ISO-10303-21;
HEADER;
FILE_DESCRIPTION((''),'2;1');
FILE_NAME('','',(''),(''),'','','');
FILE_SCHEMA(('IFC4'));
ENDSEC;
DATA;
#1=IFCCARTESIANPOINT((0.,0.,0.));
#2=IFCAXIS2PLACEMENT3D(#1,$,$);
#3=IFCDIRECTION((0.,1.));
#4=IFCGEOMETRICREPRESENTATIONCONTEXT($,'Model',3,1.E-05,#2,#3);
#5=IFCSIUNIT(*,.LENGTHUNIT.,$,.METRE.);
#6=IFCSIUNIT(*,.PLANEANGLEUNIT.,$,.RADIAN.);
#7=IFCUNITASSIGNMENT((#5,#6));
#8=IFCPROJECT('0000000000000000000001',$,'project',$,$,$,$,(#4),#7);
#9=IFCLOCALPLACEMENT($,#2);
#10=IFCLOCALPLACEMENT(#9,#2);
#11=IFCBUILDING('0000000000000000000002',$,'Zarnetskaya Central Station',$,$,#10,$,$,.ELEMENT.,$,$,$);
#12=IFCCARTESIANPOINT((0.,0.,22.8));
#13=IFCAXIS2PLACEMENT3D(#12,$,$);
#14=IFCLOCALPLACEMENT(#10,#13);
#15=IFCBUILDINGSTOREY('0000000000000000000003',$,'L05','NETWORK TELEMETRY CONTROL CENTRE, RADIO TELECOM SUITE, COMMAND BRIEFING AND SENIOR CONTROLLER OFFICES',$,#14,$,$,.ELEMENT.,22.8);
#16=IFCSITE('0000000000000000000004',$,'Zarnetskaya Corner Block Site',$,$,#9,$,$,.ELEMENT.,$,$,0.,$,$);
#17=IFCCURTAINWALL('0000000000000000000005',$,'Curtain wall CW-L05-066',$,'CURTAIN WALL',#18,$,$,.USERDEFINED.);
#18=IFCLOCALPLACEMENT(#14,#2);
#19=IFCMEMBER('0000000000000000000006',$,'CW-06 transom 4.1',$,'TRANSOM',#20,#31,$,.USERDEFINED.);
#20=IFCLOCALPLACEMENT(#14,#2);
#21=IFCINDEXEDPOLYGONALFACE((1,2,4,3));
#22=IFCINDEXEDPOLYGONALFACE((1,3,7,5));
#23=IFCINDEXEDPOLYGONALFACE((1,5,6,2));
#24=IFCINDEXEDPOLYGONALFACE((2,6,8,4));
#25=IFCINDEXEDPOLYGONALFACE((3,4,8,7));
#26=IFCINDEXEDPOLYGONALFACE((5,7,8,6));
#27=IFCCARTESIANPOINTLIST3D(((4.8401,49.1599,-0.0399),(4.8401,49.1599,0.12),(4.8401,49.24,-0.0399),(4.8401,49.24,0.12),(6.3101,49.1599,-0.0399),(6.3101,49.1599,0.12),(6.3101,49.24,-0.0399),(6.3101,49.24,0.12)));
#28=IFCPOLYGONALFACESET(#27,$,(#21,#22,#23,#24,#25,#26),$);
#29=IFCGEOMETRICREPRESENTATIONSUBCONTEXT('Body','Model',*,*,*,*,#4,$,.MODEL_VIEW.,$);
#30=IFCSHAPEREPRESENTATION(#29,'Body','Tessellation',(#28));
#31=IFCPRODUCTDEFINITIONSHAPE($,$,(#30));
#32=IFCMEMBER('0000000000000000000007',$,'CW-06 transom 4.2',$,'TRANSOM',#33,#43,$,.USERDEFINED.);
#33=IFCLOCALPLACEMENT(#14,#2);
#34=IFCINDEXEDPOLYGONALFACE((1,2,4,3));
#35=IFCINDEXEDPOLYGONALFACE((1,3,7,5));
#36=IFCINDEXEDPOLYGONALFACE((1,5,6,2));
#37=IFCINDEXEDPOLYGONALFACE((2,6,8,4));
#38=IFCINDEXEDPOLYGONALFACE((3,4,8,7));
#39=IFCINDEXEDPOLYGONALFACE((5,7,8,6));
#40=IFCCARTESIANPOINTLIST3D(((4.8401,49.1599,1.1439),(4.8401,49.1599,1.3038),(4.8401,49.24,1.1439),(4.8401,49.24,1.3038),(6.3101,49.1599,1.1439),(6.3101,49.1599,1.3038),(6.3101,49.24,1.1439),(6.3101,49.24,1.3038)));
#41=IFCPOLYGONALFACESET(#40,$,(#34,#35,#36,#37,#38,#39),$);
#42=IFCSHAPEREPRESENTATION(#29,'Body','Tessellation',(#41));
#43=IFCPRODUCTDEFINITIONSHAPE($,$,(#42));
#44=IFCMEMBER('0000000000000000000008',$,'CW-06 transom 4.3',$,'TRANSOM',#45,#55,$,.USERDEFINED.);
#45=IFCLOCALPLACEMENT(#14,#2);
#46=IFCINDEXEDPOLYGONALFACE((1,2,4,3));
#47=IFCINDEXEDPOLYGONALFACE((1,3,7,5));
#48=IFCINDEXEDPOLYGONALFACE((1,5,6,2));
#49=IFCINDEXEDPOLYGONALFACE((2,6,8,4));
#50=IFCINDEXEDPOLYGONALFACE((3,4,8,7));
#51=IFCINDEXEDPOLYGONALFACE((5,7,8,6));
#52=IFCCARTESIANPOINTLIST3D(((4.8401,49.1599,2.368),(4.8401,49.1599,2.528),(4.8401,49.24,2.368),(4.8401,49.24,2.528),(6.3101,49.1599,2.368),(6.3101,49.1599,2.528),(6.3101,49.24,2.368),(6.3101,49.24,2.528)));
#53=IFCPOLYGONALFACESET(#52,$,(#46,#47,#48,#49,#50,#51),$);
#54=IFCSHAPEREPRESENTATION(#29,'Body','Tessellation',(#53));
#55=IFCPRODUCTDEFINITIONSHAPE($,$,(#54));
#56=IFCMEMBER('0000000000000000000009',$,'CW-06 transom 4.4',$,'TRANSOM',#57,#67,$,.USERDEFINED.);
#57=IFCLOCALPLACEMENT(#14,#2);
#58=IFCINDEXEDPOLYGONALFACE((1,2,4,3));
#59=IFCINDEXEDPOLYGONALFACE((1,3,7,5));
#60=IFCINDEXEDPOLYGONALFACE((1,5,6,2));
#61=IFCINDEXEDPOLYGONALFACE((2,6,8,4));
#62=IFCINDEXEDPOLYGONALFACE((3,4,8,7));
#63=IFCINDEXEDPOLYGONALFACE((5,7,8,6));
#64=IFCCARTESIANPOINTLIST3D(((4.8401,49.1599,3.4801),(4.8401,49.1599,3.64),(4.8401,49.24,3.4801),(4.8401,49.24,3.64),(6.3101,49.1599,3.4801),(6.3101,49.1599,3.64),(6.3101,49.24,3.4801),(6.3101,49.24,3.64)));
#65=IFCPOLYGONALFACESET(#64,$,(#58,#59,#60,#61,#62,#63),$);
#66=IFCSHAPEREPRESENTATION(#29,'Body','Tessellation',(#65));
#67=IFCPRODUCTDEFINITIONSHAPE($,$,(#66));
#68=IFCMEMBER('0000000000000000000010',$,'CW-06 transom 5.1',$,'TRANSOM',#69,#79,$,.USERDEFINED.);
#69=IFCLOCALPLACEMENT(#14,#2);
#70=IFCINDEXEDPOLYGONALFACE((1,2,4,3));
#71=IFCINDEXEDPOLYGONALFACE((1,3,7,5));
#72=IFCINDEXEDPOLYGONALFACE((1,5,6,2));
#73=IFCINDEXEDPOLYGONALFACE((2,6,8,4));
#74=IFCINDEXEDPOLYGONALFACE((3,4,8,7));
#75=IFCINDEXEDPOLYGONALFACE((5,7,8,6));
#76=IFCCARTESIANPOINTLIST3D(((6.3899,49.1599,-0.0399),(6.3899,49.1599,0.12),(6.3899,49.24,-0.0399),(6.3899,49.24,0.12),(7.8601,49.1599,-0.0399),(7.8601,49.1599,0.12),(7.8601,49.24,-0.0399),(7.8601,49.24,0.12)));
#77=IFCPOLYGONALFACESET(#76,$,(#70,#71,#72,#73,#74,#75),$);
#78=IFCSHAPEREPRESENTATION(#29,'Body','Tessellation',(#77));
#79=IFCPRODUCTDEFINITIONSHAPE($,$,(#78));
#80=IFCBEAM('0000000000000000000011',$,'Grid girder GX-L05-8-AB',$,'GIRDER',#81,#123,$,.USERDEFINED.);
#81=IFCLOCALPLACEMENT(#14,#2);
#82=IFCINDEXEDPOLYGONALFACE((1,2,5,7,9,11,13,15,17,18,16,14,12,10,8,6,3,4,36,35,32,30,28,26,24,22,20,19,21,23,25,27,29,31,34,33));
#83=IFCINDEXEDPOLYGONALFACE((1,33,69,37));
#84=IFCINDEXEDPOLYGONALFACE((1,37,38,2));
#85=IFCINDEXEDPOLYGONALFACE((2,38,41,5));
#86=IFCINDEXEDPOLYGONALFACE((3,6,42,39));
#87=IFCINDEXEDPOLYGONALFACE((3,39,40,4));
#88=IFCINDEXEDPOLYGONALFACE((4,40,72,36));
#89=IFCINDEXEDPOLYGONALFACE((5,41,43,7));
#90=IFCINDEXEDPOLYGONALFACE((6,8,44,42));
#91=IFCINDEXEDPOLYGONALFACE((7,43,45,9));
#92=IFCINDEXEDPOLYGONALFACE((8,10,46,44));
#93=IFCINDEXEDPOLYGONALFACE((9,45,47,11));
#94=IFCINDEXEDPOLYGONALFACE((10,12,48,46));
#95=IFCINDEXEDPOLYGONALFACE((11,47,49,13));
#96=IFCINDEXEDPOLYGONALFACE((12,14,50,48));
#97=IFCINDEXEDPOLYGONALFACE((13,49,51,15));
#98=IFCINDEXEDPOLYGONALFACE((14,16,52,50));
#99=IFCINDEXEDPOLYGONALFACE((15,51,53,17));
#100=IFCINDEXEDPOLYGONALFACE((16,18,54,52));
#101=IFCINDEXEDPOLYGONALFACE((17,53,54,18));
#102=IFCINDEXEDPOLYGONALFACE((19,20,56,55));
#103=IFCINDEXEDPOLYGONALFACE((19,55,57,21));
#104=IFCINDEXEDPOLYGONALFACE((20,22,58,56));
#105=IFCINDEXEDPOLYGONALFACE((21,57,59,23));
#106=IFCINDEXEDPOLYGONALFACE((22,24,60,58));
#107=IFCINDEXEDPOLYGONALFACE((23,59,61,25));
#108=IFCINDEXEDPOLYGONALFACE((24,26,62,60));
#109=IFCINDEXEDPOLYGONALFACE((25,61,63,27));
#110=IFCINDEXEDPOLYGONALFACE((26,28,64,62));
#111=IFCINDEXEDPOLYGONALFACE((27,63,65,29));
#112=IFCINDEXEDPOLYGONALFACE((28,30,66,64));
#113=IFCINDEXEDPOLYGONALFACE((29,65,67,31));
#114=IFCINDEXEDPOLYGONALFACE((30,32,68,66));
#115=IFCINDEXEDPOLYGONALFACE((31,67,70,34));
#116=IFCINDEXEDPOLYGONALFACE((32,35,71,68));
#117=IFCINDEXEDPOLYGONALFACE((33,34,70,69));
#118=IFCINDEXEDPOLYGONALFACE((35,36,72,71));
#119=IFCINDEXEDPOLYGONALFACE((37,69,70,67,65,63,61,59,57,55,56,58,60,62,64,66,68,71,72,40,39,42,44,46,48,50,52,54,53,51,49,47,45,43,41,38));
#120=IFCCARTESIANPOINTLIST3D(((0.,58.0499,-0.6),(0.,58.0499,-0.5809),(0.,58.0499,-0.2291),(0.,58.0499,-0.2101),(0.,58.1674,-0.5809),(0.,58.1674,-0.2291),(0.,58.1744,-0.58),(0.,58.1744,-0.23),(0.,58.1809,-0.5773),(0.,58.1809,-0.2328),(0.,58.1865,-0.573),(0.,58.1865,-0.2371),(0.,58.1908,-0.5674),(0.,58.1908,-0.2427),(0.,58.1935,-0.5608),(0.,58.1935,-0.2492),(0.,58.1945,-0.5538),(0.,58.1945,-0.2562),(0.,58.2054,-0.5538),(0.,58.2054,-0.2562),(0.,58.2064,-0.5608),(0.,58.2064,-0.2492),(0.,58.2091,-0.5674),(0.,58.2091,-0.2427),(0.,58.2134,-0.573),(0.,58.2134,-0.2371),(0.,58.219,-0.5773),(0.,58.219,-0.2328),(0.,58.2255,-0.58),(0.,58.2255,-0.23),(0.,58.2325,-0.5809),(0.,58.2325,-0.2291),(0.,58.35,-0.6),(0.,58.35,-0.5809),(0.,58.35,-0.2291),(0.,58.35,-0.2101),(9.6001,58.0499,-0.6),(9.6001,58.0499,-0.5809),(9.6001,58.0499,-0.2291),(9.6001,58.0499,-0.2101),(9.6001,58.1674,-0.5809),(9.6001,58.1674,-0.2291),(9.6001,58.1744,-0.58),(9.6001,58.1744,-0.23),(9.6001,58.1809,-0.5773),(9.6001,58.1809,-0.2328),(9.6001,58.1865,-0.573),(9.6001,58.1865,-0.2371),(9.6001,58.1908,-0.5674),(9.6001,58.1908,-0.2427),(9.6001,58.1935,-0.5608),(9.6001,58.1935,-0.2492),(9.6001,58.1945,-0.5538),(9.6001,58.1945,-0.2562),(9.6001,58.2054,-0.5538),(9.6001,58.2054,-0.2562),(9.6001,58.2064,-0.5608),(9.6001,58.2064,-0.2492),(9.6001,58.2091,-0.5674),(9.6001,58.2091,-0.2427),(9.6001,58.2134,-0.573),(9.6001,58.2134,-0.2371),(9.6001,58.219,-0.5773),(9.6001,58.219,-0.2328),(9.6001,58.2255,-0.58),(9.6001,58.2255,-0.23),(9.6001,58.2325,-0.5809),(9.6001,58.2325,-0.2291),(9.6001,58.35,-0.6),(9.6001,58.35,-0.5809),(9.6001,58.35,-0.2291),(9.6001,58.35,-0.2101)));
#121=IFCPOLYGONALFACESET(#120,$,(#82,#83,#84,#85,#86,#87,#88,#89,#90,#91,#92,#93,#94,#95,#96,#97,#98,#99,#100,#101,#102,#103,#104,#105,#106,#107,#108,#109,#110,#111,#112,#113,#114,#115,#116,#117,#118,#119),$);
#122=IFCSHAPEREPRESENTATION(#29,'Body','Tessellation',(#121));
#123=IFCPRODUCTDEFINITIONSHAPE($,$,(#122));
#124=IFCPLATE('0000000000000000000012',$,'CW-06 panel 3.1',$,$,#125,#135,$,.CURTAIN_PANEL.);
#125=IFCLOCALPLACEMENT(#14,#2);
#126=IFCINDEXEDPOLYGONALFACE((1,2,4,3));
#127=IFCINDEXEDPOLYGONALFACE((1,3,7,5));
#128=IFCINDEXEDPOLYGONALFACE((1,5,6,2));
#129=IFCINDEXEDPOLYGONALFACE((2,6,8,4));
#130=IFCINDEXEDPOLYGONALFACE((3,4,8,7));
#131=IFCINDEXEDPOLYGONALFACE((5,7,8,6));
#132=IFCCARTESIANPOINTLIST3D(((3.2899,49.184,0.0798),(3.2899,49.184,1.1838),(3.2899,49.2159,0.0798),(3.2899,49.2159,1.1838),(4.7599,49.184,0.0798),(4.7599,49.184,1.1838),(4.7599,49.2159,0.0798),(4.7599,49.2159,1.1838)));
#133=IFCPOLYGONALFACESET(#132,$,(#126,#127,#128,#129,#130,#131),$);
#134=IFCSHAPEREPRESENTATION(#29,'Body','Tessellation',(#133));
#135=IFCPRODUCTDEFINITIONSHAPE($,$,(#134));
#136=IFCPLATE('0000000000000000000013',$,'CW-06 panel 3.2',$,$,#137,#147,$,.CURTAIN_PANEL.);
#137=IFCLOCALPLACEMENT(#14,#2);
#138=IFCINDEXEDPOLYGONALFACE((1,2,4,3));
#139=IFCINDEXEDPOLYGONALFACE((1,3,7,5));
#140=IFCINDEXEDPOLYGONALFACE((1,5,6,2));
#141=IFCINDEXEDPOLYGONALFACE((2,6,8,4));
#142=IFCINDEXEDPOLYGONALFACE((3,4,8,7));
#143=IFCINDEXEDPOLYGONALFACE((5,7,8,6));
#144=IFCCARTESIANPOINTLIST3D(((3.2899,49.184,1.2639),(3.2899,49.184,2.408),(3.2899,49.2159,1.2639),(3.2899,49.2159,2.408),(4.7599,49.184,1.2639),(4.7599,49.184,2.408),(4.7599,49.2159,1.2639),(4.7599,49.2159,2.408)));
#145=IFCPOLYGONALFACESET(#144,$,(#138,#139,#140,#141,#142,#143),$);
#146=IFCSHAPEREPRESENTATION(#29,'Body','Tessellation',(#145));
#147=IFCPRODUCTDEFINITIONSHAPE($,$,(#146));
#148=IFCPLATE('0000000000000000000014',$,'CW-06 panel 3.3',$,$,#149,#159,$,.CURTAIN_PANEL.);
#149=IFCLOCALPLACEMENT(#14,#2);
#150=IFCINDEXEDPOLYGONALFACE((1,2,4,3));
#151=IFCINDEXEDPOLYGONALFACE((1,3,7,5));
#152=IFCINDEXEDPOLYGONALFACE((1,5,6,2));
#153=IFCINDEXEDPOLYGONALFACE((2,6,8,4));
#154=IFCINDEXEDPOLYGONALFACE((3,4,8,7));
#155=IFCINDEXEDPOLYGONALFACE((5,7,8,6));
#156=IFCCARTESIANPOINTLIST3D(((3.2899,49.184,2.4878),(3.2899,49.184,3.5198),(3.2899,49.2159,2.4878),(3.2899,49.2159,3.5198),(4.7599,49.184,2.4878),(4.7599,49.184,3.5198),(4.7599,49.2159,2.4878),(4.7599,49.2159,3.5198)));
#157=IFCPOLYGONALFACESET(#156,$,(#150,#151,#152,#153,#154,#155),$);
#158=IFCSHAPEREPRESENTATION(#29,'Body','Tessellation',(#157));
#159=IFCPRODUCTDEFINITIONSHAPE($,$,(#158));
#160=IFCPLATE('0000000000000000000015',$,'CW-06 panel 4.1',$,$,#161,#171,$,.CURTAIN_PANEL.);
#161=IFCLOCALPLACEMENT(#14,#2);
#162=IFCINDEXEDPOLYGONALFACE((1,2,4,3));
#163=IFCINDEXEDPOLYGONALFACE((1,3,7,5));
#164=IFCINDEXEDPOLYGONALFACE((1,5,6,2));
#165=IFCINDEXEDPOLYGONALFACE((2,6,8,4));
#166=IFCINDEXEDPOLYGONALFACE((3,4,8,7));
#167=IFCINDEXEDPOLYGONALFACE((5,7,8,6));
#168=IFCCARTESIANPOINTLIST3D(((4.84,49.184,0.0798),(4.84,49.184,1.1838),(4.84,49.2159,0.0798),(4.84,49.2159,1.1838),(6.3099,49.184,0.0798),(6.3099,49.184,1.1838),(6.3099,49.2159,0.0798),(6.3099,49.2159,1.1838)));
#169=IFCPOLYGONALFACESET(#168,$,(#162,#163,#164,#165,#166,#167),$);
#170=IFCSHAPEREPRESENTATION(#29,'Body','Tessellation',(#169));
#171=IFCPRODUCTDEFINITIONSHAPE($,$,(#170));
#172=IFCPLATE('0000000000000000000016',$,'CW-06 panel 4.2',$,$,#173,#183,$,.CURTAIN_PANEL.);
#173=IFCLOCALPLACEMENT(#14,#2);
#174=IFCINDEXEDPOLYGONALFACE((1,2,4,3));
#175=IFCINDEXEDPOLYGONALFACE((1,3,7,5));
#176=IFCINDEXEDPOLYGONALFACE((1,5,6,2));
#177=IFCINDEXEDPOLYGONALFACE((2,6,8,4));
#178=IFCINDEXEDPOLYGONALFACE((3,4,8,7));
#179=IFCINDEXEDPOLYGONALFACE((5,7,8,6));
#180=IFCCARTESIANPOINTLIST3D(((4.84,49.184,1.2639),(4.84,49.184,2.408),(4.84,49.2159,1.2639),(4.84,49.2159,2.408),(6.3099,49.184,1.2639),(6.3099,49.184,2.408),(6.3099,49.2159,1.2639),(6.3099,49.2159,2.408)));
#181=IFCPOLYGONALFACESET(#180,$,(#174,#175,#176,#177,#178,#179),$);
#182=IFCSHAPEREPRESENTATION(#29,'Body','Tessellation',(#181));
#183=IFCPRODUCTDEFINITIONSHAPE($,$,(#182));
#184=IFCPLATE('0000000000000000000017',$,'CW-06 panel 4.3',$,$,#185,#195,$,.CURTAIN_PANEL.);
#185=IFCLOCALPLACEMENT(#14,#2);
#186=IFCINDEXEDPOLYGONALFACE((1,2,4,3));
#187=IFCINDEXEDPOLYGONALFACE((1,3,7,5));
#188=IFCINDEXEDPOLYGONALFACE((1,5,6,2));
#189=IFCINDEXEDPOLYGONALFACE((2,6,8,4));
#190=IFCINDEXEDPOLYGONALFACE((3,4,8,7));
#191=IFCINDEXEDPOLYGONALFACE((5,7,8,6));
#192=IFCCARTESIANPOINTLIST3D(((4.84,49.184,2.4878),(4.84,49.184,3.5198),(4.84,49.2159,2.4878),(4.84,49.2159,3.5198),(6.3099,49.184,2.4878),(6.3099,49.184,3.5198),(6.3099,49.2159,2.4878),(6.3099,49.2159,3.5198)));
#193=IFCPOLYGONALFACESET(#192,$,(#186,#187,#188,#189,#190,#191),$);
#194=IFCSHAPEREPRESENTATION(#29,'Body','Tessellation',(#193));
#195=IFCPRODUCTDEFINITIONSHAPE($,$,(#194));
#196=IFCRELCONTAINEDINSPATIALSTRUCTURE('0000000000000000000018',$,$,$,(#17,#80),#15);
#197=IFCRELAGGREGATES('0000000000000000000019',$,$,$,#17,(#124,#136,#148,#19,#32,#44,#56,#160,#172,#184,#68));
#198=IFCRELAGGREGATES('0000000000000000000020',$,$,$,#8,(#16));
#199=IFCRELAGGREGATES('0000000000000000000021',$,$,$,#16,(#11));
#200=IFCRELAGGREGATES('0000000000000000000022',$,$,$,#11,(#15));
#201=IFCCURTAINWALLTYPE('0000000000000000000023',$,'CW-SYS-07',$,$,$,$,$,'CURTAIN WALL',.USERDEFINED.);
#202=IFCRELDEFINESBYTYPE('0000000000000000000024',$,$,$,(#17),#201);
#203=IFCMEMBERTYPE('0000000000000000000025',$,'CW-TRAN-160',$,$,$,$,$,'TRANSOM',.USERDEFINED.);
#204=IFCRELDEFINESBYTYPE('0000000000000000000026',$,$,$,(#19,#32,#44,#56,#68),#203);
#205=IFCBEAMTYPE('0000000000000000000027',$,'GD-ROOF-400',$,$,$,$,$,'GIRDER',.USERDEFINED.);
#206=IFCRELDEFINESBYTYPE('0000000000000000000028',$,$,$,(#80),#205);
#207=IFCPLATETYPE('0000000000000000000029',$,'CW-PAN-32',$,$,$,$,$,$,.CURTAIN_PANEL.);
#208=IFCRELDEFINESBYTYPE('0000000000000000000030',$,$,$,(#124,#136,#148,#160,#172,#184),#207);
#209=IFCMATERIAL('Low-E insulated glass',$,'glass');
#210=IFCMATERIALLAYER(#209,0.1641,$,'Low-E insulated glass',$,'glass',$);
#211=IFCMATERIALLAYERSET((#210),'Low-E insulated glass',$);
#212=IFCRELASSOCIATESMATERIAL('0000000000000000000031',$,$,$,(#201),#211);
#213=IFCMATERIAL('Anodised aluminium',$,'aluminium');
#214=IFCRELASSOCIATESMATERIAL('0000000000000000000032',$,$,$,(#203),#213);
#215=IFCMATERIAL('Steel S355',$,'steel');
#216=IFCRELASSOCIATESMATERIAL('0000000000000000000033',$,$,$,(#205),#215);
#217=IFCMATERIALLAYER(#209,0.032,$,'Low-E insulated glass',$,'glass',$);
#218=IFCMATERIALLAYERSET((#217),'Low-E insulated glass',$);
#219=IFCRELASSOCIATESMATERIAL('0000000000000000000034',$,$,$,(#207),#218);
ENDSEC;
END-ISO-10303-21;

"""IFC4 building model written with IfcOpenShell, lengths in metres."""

from ifc_helpers import new_model, si_unit, direction, frame, origin, origin_2d, place, context, subcontext, project, spatial, rectangle, i_section, extrude, material, layer, layer_set, material_profile, profile_set, type_object, element, aggregate, save


model = new_model("IFC4")

# Units and contexts
model_context = context("Model", 3, precision=1e-05, world=origin(), true_north=direction((0.0, 1.0)))
body_context = subcontext(model_context, "Body", "Model", "MODEL_VIEW")
ifc_project = project(units=[si_unit("LENGTHUNIT", "METRE"), si_unit("PLANEANGLEUNIT", "RADIAN")], contexts=[model_context])

# Site, building, storey
site_placement = place(None, origin())
site = spatial("IfcSite", under=ifc_project, at=site_placement, Name="Zarnetskaya Corner Block Site", CompositionType="ELEMENT", RefElevation=0.0)
building_placement = place(site_placement, origin())
building = spatial("IfcBuilding", under=site, at=building_placement, Name="Zarnetskaya Central Station", CompositionType="ELEMENT")
storey_placement = place(building_placement, frame((0.0, 0.0, 22.8)))
storey = spatial("IfcBuildingStorey", under=building, at=storey_placement, Name="L05", Description="NETWORK TELEMETRY CONTROL CENTRE, RADIO TELECOM SUITE, COMMAND BRIEFING AND SENIOR CONTROLLER OFFICES", CompositionType="ELEMENT", Elevation=22.8)

# Shared definitions
ifc_material_1 = material(Name="Steel S355", Category="steel")

# Curtain wall, members
ifc_material_2 = material(Name="Low-E insulated glass", Category="glass")
ifc_layer_1 = layer(ifc_material_2, 0.1641, Name="Low-E insulated glass", Category="glass")
ifc_layer_set_1 = layer_set([ifc_layer_1], Name="Low-E insulated glass")
curtain_wall_type = type_object("IfcCurtainWallType", Name="CW-SYS-07", ElementType="CURTAIN WALL", PredefinedType="USERDEFINED", material=ifc_layer_set_1)
curtain_wall_placement = place(storey_placement, origin())
curtain_wall = element("IfcCurtainWall", 1, at=curtain_wall_placement, inside=storey, type_object=curtain_wall_type, Name="Curtain wall CW-L05-066", ObjectType="CURTAIN WALL", PredefinedType="USERDEFINED")
ifc_material_3 = material(Name="Anodised aluminium", Category="aluminium")
ifc_material_profile_1 = material_profile(ifc_material_3, rectangle(XDim=0.0801, YDim=0.1599, at=origin_2d()), Name="ALU TRAN 80x160")
ifc_profile_set_1 = profile_set([ifc_material_profile_1], Name="Anodised aluminium")
member_type_1 = type_object("IfcMemberType", Name="CW-TRAN-160", ElementType="TRANSOM", PredefinedType="USERDEFINED", material=ifc_profile_set_1)
member_1_placement = place(storey_placement, frame((4.8401, 49.2, 0.04), z_axis=(1.0, 0.0, 0.0), x_axis=(0.0, 1.0, 0.0)))
member_1 = element("IfcMember", 2, at=member_1_placement, type_object=member_type_1, Name="CW-06 transom 4.1", ObjectType="TRANSOM", PredefinedType="USERDEFINED", context=body_context, shape_type="SweptSolid", body=[
    extrude(rectangle(XDim=0.0801, YDim=0.1599, at=origin_2d()), origin(), (0.0, 0.0, 1.0), 1.47),
])
member_2_placement = place(storey_placement, frame((4.8401, 49.2, 1.2239), z_axis=(1.0, 0.0, 0.0), x_axis=(0.0, 1.0, 0.0)))
member_2 = element("IfcMember", 3, at=member_2_placement, type_object=member_type_1, Name="CW-06 transom 4.2", ObjectType="TRANSOM", PredefinedType="USERDEFINED", context=body_context, shape_type="SweptSolid", body=[
    extrude(rectangle(XDim=0.0801, YDim=0.1599, at=origin_2d()), origin(), (0.0, 0.0, 1.0), 1.47),
])
member_3_placement = place(storey_placement, frame((4.8401, 49.2, 2.448), z_axis=(1.0, 0.0, 0.0), x_axis=(0.0, 1.0, 0.0)))
member_3 = element("IfcMember", 4, at=member_3_placement, type_object=member_type_1, Name="CW-06 transom 4.3", ObjectType="TRANSOM", PredefinedType="USERDEFINED", context=body_context, shape_type="SweptSolid", body=[
    extrude(rectangle(XDim=0.0801, YDim=0.1599, at=origin_2d()), origin(), (0.0, 0.0, 1.0), 1.47),
])
member_4_placement = place(storey_placement, frame((4.8401, 49.2, 3.5601), z_axis=(1.0, 0.0, 0.0), x_axis=(0.0, 1.0, 0.0)))
member_4 = element("IfcMember", 5, at=member_4_placement, type_object=member_type_1, Name="CW-06 transom 4.4", ObjectType="TRANSOM", PredefinedType="USERDEFINED", context=body_context, shape_type="SweptSolid", body=[
    extrude(rectangle(XDim=0.0801, YDim=0.1599, at=origin_2d()), origin(), (0.0, 0.0, 1.0), 1.47),
])
member_5_placement = place(storey_placement, frame((6.3899, 49.2, 0.04), z_axis=(1.0, 0.0, 0.0), x_axis=(0.0, 1.0, 0.0)))
member_5 = element("IfcMember", 6, at=member_5_placement, type_object=member_type_1, Name="CW-06 transom 5.1", ObjectType="TRANSOM", PredefinedType="USERDEFINED", context=body_context, shape_type="SweptSolid", body=[
    extrude(rectangle(XDim=0.0801, YDim=0.1599, at=origin_2d()), origin(), (0.0, 0.0, 1.0), 1.4702),
])

# Beam
ifc_material_profile_2 = material_profile(ifc_material_1, i_section(OverallWidth=0.3, OverallDepth=0.3899, WebThickness=0.011, FlangeThickness=0.019, FilletRadius=0.0271, at=origin_2d()), Name="HEA 400")
ifc_profile_set_2 = profile_set([ifc_material_profile_2], Name="Steel S355")
beam_type_1 = type_object("IfcBeamType", Name="GD-ROOF-400", ElementType="GIRDER", PredefinedType="USERDEFINED", material=ifc_profile_set_2)
beam_placement = place(storey_placement, frame((0.0, 58.2, -0.405), z_axis=(1.0, 0.0, 0.0), x_axis=(0.0, 1.0, 0.0)))
element("IfcBeam", 7, at=beam_placement, inside=storey, type_object=beam_type_1, Name="Grid girder GX-L05-8-AB", ObjectType="GIRDER", PredefinedType="USERDEFINED", context=body_context, shape_type="SweptSolid", body=[
    extrude(i_section(OverallWidth=0.3, OverallDepth=0.3899, WebThickness=0.011, FlangeThickness=0.019, FilletRadius=0.0271, at=origin_2d()), origin(), (0.0, 0.0, 1.0), 9.6001),
])

# Plates
ifc_layer_2 = layer(ifc_material_2, 0.032, Name="Low-E insulated glass", Category="glass")
ifc_layer_set_2 = layer_set([ifc_layer_2], Name="Low-E insulated glass")
plate_type = type_object("IfcPlateType", Name="CW-PAN-32", PredefinedType="CURTAIN_PANEL", material=ifc_layer_set_2)
plate_1_placement = place(storey_placement, frame((4.0249, 49.2, 0.0798), z_axis=(0.0, 0.0, 1.0), x_axis=(1.0, 0.0, 0.0)))
plate_1 = element("IfcPlate", 8, at=plate_1_placement, type_object=plate_type, Name="CW-06 panel 3.1", PredefinedType="CURTAIN_PANEL", context=body_context, shape_type="SweptSolid", body=[
    extrude(rectangle(XDim=1.47, YDim=0.032, at=origin_2d()), origin(), (0.0, 0.0, 1.0), 1.104),
])
plate_2_placement = place(storey_placement, frame((4.0249, 49.2, 1.2639), z_axis=(0.0, 0.0, 1.0), x_axis=(1.0, 0.0, 0.0)))
plate_2 = element("IfcPlate", 9, at=plate_2_placement, type_object=plate_type, Name="CW-06 panel 3.2", PredefinedType="CURTAIN_PANEL", context=body_context, shape_type="SweptSolid", body=[
    extrude(rectangle(XDim=1.47, YDim=0.032, at=origin_2d()), origin(), (0.0, 0.0, 1.0), 1.144),
])
plate_3_placement = place(storey_placement, frame((4.0249, 49.2, 2.4878), z_axis=(0.0, 0.0, 1.0), x_axis=(1.0, 0.0, 0.0)))
plate_3 = element("IfcPlate", 10, at=plate_3_placement, type_object=plate_type, Name="CW-06 panel 3.3", PredefinedType="CURTAIN_PANEL", context=body_context, shape_type="SweptSolid", body=[
    extrude(rectangle(XDim=1.47, YDim=0.032, at=origin_2d()), origin(), (0.0, 0.0, 1.0), 1.032),
])
plate_4_placement = place(storey_placement, frame((5.575, 49.2, 0.0798), z_axis=(0.0, 0.0, 1.0), x_axis=(1.0, 0.0, 0.0)))
plate_4 = element("IfcPlate", 11, at=plate_4_placement, type_object=plate_type, Name="CW-06 panel 4.1", PredefinedType="CURTAIN_PANEL", context=body_context, shape_type="SweptSolid", body=[
    extrude(rectangle(XDim=1.47, YDim=0.032, at=origin_2d()), origin(), (0.0, 0.0, 1.0), 1.104),
])
plate_5_placement = place(storey_placement, frame((5.575, 49.2, 1.2639), z_axis=(0.0, 0.0, 1.0), x_axis=(1.0, 0.0, 0.0)))
plate_5 = element("IfcPlate", 12, at=plate_5_placement, type_object=plate_type, Name="CW-06 panel 4.2", PredefinedType="CURTAIN_PANEL", context=body_context, shape_type="SweptSolid", body=[
    extrude(rectangle(XDim=1.47, YDim=0.032, at=origin_2d()), origin(), (0.0, 0.0, 1.0), 1.144),
])
plate_6_placement = place(storey_placement, frame((5.575, 49.2, 2.4878), z_axis=(0.0, 0.0, 1.0), x_axis=(1.0, 0.0, 0.0)))
plate_6 = element("IfcPlate", 13, at=plate_6_placement, type_object=plate_type, Name="CW-06 panel 4.3", PredefinedType="CURTAIN_PANEL", context=body_context, shape_type="SweptSolid", body=[
    extrude(rectangle(XDim=1.47, YDim=0.032, at=origin_2d()), origin(), (0.0, 0.0, 1.0), 1.032),
])
aggregate(curtain_wall, [plate_1, plate_2, plate_3, member_1, member_2, member_3, member_4, plate_4, plate_5, plate_6, member_5])

save(model, "model.ifc")
